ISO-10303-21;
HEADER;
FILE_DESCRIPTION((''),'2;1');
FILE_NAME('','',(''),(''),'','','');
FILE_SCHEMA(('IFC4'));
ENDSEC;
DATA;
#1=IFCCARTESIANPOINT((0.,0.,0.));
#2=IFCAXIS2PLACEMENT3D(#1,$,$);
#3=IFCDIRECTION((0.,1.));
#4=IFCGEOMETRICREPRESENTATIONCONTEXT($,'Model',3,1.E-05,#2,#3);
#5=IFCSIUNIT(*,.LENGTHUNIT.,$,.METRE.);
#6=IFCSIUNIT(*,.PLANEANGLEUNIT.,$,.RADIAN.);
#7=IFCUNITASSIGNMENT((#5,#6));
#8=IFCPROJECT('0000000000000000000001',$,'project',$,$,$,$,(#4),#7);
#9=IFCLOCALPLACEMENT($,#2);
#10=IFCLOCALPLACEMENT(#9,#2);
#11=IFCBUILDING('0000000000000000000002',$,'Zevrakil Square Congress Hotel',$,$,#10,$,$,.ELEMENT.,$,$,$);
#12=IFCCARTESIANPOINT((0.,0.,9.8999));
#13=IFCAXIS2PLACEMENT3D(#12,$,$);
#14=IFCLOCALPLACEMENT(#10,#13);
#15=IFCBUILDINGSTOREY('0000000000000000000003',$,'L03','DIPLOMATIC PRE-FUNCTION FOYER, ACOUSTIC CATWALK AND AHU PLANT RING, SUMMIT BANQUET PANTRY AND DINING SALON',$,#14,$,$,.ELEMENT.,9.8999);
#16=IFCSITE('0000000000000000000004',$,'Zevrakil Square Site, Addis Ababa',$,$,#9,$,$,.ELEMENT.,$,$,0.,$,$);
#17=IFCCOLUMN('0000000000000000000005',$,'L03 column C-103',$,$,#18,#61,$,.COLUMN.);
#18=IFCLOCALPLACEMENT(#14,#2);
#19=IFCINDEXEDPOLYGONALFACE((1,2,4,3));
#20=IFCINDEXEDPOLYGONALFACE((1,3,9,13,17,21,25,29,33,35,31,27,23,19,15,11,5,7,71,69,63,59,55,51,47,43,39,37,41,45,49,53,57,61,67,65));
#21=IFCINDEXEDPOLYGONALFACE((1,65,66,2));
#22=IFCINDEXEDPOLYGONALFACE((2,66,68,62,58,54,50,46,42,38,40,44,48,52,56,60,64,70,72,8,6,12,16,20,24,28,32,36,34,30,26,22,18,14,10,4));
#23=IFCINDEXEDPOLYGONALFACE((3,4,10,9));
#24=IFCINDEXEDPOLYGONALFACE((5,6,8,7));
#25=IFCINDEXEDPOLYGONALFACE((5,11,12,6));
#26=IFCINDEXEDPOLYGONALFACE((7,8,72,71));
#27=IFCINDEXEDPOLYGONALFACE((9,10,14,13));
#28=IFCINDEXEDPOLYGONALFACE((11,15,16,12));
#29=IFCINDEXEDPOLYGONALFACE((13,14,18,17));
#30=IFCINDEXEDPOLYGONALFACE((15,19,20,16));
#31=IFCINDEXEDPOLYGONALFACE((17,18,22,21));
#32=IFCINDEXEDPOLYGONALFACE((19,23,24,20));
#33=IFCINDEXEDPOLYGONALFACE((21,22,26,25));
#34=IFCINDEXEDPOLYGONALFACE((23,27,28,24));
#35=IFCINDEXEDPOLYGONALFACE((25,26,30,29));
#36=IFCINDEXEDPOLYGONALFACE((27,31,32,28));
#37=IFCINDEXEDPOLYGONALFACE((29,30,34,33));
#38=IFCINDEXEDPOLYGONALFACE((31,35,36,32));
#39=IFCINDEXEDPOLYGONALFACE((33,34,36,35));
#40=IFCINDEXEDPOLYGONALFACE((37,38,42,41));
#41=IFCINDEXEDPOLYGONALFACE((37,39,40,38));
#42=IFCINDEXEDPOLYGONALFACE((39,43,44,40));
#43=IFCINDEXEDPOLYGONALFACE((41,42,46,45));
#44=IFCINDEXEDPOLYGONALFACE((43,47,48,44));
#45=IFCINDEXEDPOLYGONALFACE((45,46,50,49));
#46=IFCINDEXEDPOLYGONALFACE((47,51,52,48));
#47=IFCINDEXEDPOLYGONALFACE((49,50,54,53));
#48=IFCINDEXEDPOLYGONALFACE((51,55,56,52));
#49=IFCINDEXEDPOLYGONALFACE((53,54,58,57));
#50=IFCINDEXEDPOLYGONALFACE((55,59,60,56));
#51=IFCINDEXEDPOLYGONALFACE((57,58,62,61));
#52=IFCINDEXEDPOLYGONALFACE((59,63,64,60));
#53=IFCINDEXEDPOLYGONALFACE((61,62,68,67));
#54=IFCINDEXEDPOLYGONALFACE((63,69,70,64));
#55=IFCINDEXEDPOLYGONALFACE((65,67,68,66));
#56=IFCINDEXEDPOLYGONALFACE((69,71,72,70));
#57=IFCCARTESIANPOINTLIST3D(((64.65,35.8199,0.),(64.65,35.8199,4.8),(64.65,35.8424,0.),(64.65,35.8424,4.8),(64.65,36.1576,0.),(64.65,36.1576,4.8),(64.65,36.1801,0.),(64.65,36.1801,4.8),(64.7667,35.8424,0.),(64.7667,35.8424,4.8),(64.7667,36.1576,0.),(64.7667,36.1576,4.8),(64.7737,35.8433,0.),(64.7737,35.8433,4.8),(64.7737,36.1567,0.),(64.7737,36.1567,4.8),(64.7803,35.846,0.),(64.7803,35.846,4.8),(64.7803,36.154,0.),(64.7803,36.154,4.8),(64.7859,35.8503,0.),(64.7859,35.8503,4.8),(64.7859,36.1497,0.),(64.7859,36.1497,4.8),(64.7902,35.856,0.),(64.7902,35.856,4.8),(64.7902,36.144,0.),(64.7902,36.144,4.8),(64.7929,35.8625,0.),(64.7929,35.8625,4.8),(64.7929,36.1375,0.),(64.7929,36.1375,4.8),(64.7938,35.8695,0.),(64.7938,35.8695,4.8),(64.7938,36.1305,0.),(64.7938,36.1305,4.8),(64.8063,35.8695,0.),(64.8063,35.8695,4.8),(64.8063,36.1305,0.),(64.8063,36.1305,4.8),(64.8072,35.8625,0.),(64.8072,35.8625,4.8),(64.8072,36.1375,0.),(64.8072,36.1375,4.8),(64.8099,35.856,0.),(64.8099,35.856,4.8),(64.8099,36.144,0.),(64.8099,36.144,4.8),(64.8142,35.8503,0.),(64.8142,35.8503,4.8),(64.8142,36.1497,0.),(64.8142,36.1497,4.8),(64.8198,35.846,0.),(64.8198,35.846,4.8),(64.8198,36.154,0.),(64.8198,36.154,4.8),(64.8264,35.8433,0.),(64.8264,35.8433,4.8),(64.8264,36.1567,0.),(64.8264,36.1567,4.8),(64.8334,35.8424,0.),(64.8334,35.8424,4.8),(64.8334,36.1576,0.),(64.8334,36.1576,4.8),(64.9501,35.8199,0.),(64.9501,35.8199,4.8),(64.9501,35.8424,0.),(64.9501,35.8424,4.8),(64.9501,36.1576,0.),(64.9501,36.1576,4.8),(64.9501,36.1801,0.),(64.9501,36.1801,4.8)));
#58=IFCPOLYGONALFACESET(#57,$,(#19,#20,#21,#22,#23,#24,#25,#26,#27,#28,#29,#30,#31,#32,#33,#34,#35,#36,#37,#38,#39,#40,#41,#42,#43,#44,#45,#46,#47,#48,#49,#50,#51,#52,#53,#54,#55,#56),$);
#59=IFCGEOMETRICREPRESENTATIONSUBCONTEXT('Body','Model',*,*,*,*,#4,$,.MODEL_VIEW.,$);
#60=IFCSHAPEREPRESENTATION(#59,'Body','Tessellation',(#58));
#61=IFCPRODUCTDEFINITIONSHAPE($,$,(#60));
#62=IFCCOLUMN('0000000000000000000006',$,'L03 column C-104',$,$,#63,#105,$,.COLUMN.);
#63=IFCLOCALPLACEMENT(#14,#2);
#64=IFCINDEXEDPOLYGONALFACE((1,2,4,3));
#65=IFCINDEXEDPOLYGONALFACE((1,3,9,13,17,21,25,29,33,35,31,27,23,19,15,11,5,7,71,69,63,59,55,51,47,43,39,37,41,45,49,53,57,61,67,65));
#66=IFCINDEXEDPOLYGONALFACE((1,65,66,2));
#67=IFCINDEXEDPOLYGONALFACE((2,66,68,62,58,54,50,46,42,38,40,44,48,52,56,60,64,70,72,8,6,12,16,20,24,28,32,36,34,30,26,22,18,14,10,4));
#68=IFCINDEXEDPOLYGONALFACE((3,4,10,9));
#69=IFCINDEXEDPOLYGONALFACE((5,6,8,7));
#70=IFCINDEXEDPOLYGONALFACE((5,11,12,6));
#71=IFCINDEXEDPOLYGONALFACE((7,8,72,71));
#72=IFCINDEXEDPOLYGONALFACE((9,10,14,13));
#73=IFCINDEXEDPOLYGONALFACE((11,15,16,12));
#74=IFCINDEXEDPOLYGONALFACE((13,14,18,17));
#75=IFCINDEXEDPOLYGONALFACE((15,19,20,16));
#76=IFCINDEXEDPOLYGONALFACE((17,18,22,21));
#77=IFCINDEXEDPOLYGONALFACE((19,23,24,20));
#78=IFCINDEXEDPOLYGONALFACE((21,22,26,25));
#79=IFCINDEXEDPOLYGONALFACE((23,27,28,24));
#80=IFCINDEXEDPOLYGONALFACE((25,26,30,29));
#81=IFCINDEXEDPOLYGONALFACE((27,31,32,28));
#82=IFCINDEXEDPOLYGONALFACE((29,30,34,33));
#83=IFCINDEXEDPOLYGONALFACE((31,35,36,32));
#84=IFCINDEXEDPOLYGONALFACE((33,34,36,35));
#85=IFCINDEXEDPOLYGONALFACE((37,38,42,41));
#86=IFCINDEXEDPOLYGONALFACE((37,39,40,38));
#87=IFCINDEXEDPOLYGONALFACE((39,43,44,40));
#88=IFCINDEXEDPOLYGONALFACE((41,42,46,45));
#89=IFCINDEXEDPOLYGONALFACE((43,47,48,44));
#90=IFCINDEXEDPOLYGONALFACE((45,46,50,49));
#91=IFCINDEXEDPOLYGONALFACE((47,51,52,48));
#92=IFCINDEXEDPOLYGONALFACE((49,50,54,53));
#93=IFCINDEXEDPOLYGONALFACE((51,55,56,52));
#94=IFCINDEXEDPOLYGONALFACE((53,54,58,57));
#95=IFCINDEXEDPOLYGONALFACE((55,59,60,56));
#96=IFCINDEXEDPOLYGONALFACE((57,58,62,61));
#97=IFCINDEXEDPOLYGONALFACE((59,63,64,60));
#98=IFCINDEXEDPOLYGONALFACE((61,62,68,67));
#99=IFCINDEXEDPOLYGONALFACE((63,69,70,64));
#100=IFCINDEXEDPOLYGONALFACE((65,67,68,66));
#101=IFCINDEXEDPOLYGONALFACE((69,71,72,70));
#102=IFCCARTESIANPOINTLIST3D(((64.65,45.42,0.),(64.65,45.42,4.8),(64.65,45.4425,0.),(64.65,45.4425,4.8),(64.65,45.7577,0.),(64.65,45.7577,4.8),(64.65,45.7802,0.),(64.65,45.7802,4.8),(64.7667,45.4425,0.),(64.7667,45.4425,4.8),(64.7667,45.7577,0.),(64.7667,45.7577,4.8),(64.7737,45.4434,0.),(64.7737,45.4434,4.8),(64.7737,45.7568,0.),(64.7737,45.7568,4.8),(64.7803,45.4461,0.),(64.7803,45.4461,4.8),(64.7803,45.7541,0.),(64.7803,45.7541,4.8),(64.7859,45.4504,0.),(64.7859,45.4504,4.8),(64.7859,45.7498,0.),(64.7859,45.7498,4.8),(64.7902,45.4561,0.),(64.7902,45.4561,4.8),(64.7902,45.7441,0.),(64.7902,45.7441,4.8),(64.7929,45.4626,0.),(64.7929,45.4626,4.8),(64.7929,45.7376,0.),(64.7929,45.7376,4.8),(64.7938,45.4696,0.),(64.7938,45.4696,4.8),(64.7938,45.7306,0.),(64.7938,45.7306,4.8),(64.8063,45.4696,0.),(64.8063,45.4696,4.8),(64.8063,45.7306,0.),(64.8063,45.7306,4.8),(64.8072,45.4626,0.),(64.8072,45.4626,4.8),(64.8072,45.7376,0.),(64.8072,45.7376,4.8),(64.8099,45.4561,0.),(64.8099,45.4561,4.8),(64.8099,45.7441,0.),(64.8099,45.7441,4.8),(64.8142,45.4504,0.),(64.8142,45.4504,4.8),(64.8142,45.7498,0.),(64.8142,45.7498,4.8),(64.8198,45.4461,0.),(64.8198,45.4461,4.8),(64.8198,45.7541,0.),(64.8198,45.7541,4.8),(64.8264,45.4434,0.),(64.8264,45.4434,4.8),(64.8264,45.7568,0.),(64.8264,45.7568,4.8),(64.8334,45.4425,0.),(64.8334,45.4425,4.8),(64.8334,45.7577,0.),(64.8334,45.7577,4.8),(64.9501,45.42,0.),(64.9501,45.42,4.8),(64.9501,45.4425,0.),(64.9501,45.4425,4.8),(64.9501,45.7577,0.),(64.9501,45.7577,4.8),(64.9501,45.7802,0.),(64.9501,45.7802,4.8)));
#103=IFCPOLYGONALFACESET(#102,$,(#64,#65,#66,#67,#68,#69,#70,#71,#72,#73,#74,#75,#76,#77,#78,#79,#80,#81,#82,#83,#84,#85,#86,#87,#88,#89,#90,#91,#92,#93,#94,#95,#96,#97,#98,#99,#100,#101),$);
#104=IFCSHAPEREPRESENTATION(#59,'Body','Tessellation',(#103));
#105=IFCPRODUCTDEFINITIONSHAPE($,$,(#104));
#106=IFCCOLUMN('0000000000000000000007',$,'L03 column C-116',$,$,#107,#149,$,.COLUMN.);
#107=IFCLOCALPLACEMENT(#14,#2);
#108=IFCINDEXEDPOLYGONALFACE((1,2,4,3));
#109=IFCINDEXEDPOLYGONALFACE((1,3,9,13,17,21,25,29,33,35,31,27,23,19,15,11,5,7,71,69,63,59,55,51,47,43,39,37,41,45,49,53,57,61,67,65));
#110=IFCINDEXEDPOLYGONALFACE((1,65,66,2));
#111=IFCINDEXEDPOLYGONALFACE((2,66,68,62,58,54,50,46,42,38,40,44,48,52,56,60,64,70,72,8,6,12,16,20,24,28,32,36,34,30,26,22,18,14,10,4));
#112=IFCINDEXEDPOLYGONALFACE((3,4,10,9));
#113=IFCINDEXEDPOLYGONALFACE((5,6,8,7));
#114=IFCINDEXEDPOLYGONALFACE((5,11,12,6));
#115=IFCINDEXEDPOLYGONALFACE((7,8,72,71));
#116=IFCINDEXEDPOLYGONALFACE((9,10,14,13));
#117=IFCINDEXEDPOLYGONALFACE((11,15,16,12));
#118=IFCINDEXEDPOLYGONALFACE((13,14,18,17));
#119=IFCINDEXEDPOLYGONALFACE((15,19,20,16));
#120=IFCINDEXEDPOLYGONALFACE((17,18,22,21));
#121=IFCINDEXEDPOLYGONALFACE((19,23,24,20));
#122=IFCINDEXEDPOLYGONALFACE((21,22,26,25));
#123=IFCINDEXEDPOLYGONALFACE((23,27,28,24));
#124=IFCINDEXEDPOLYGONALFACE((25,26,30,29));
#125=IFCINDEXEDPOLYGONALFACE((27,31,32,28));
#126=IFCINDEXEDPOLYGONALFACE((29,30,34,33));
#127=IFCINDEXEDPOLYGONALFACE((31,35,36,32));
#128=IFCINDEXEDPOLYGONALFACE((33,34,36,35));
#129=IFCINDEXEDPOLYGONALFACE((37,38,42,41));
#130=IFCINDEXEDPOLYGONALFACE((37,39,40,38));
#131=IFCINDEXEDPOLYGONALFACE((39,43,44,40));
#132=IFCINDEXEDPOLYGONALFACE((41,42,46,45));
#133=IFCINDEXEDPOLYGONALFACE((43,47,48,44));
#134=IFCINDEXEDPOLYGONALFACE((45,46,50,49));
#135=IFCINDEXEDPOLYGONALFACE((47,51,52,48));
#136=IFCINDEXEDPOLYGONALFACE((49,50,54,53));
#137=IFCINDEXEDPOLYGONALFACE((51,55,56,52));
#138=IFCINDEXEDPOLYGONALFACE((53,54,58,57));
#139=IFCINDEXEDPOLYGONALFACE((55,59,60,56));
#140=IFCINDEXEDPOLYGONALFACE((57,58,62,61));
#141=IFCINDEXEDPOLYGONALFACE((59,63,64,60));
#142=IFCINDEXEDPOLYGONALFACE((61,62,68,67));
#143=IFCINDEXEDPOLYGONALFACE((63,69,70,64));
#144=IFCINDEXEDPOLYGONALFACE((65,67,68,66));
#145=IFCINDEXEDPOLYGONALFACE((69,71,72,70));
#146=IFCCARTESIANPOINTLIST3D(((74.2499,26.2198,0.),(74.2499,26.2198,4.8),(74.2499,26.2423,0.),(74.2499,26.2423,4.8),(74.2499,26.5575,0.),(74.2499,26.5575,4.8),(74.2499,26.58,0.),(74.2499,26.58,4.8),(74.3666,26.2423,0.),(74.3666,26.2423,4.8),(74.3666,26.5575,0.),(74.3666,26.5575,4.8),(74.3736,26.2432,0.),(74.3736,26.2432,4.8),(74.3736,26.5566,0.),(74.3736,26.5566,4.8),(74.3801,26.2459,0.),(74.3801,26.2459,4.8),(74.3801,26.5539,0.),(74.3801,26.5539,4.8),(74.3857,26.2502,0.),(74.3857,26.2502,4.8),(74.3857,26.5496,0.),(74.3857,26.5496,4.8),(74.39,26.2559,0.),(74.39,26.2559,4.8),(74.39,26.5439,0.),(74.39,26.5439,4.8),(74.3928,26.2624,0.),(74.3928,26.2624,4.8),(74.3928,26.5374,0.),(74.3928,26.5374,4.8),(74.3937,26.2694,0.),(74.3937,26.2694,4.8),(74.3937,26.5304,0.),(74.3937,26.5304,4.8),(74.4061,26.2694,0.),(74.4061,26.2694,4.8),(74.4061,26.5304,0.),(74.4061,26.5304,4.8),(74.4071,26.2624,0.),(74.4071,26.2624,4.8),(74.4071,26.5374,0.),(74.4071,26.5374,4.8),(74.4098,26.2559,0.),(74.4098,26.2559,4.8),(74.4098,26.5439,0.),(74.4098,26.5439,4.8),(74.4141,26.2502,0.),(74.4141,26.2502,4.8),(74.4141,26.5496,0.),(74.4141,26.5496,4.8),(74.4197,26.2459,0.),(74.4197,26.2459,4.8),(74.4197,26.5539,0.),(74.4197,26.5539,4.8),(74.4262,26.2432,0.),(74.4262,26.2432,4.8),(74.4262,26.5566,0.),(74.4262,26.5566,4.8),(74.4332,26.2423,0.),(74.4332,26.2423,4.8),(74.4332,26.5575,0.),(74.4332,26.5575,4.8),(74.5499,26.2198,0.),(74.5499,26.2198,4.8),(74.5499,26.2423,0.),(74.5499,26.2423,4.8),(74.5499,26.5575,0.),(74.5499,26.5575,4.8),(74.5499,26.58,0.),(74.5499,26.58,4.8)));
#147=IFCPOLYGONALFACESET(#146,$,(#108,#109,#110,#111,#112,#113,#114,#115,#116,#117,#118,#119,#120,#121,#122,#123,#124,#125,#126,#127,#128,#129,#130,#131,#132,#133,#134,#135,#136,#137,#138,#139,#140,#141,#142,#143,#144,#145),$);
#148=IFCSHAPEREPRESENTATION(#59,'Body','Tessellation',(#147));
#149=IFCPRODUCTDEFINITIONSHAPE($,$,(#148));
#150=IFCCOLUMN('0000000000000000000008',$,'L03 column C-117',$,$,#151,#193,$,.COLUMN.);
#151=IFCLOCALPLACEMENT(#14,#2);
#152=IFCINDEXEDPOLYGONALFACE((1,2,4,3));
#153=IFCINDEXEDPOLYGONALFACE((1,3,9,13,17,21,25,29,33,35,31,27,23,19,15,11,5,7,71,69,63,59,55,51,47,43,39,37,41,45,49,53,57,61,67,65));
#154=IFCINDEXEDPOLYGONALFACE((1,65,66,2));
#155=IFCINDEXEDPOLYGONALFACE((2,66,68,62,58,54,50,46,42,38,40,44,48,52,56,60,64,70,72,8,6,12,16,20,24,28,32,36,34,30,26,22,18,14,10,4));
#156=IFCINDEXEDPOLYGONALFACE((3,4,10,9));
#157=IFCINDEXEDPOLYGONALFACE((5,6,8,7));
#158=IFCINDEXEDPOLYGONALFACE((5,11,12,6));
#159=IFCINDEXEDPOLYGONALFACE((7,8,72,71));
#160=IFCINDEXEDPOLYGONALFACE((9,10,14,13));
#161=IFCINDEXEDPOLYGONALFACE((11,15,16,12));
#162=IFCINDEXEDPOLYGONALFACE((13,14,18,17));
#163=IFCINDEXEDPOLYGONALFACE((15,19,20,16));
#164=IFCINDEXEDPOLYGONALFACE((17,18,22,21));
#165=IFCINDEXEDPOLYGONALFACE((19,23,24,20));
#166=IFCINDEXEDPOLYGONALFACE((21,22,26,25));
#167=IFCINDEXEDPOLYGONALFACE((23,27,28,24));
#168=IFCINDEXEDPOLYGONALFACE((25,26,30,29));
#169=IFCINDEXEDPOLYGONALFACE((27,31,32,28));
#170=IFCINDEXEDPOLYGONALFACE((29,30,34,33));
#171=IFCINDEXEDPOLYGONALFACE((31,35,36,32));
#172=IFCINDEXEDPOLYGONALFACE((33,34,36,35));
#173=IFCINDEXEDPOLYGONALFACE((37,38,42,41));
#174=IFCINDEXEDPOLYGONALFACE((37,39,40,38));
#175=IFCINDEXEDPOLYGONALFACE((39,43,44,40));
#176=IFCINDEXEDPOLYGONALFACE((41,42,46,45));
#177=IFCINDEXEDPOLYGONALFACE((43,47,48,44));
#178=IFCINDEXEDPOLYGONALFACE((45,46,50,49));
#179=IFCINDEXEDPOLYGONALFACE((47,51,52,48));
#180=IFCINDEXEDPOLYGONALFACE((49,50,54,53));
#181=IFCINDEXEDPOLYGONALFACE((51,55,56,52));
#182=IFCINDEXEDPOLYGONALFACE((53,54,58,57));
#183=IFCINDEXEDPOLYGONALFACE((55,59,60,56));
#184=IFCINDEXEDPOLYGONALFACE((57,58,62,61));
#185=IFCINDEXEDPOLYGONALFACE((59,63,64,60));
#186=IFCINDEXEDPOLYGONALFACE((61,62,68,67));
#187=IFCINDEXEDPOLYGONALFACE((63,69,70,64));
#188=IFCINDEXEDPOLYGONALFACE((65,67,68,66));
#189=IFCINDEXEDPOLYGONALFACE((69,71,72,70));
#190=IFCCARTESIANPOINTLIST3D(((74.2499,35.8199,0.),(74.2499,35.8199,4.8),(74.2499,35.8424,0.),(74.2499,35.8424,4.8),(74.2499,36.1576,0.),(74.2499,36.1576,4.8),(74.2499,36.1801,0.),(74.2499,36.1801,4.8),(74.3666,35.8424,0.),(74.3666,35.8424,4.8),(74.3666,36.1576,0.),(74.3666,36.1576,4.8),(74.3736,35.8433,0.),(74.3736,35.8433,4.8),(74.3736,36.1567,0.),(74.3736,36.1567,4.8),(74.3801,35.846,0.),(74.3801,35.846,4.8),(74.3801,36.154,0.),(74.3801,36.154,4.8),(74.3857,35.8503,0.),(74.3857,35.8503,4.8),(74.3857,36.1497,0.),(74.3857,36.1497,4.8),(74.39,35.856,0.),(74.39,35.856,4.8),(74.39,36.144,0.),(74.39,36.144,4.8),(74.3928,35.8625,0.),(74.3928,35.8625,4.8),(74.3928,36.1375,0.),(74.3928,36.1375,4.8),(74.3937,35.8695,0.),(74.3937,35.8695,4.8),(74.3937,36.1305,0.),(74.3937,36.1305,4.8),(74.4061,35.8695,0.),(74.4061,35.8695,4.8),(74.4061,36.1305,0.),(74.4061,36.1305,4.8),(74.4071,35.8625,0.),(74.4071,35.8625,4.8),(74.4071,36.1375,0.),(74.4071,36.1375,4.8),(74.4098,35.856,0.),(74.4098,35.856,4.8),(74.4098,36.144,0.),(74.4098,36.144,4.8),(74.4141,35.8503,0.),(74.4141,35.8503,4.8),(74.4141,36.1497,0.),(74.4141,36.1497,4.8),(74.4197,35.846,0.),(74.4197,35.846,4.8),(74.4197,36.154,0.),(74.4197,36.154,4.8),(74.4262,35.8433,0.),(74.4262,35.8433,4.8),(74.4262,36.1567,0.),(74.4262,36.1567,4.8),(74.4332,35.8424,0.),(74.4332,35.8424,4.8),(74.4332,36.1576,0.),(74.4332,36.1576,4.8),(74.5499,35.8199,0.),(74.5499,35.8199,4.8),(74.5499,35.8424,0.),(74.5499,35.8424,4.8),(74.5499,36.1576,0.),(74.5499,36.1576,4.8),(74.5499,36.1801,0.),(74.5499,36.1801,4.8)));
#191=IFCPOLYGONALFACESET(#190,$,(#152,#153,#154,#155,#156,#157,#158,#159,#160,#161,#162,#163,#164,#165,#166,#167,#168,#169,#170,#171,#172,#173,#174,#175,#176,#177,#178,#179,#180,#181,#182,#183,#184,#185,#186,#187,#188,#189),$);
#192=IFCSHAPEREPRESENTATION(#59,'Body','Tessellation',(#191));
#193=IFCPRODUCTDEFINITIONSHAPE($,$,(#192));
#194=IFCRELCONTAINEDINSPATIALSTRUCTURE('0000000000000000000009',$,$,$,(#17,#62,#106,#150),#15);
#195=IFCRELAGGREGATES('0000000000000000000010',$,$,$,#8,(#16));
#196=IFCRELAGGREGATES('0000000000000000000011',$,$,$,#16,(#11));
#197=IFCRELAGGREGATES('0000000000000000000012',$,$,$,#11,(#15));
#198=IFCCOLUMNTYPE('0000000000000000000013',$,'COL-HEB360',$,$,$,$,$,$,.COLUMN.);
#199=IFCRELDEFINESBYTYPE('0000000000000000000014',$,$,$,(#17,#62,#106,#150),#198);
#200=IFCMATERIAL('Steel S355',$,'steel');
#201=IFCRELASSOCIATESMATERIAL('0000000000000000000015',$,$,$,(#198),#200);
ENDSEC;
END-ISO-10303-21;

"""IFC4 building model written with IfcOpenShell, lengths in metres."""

from ifc_helpers import new_model, si_unit, direction, frame, origin, origin_2d, place, context, subcontext, project, spatial, i_section, extrude, material, material_profile, profile_set, type_object, element, save


model = new_model("IFC4")

# Units and contexts
model_context = context("Model", 3, precision=1e-05, world=origin(), true_north=direction((0.0, 1.0)))
body_context = subcontext(model_context, "Body", "Model", "MODEL_VIEW")
ifc_project = project(units=[si_unit("LENGTHUNIT", "METRE"), si_unit("PLANEANGLEUNIT", "RADIAN")], contexts=[model_context])

# Site, building, storey
site_placement = place(None, origin())
site = spatial("IfcSite", under=ifc_project, at=site_placement, Name="Zevrakil Square Site, Addis Ababa", CompositionType="ELEMENT", RefElevation=0.0)
building_placement = place(site_placement, origin())
building = spatial("IfcBuilding", under=site, at=building_placement, Name="Zevrakil Square Congress Hotel", CompositionType="ELEMENT")
storey_placement = place(building_placement, frame((0.0, 0.0, 9.8999)))
storey = spatial("IfcBuildingStorey", under=building, at=storey_placement, Name="L03", Description="DIPLOMATIC PRE-FUNCTION FOYER, ACOUSTIC CATWALK AND AHU PLANT RING, SUMMIT BANQUET PANTRY AND DINING SALON", CompositionType="ELEMENT", Elevation=9.8999)

# Columns
ifc_material_1 = material(Name="Steel S355", Category="steel")
ifc_material_profile_1 = material_profile(ifc_material_1, i_section(OverallWidth=0.3, OverallDepth=0.3601, WebThickness=0.0125, FlangeThickness=0.0225, FilletRadius=0.0271, at=origin_2d()), Name="HEB 360")
ifc_profile_set_1 = profile_set([ifc_material_profile_1], Name="Steel S355")
column_type = type_object("IfcColumnType", Name="COL-HEB360", PredefinedType="COLUMN", material=ifc_profile_set_1)
for number, where, z_axis, x_axis, name in (
    (1, (64.8, 36.0, 0.0), (0.0, 0.0, 1.0), (1.0, 0.0, 0.0), "L03 column C-103"),
    (2, (64.8, 45.6001, 0.0), (0.0, 0.0, 1.0), (1.0, 0.0, 0.0), "L03 column C-104"),
    (3, (74.3999, 26.3999, 0.0), (0.0, 0.0, 1.0), (1.0, 0.0, 0.0), "L03 column C-116"),
    (4, (74.3999, 36.0, 0.0), (0.0, 0.0, 1.0), (1.0, 0.0, 0.0), "L03 column C-117"),
):
    element("IfcColumn", number, at=place(storey_placement, frame(where, z_axis=z_axis, x_axis=x_axis)), inside=storey, type_object=column_type, Name=name, PredefinedType="COLUMN", context=body_context, shape_type="SweptSolid", body=[
        extrude(i_section(OverallWidth=0.3, OverallDepth=0.3601, WebThickness=0.0125, FlangeThickness=0.0225, FilletRadius=0.0271, at=origin_2d()), origin(), (0.0, 0.0, 1.0), 4.8),
    ])

save(model, "model.ifc")
